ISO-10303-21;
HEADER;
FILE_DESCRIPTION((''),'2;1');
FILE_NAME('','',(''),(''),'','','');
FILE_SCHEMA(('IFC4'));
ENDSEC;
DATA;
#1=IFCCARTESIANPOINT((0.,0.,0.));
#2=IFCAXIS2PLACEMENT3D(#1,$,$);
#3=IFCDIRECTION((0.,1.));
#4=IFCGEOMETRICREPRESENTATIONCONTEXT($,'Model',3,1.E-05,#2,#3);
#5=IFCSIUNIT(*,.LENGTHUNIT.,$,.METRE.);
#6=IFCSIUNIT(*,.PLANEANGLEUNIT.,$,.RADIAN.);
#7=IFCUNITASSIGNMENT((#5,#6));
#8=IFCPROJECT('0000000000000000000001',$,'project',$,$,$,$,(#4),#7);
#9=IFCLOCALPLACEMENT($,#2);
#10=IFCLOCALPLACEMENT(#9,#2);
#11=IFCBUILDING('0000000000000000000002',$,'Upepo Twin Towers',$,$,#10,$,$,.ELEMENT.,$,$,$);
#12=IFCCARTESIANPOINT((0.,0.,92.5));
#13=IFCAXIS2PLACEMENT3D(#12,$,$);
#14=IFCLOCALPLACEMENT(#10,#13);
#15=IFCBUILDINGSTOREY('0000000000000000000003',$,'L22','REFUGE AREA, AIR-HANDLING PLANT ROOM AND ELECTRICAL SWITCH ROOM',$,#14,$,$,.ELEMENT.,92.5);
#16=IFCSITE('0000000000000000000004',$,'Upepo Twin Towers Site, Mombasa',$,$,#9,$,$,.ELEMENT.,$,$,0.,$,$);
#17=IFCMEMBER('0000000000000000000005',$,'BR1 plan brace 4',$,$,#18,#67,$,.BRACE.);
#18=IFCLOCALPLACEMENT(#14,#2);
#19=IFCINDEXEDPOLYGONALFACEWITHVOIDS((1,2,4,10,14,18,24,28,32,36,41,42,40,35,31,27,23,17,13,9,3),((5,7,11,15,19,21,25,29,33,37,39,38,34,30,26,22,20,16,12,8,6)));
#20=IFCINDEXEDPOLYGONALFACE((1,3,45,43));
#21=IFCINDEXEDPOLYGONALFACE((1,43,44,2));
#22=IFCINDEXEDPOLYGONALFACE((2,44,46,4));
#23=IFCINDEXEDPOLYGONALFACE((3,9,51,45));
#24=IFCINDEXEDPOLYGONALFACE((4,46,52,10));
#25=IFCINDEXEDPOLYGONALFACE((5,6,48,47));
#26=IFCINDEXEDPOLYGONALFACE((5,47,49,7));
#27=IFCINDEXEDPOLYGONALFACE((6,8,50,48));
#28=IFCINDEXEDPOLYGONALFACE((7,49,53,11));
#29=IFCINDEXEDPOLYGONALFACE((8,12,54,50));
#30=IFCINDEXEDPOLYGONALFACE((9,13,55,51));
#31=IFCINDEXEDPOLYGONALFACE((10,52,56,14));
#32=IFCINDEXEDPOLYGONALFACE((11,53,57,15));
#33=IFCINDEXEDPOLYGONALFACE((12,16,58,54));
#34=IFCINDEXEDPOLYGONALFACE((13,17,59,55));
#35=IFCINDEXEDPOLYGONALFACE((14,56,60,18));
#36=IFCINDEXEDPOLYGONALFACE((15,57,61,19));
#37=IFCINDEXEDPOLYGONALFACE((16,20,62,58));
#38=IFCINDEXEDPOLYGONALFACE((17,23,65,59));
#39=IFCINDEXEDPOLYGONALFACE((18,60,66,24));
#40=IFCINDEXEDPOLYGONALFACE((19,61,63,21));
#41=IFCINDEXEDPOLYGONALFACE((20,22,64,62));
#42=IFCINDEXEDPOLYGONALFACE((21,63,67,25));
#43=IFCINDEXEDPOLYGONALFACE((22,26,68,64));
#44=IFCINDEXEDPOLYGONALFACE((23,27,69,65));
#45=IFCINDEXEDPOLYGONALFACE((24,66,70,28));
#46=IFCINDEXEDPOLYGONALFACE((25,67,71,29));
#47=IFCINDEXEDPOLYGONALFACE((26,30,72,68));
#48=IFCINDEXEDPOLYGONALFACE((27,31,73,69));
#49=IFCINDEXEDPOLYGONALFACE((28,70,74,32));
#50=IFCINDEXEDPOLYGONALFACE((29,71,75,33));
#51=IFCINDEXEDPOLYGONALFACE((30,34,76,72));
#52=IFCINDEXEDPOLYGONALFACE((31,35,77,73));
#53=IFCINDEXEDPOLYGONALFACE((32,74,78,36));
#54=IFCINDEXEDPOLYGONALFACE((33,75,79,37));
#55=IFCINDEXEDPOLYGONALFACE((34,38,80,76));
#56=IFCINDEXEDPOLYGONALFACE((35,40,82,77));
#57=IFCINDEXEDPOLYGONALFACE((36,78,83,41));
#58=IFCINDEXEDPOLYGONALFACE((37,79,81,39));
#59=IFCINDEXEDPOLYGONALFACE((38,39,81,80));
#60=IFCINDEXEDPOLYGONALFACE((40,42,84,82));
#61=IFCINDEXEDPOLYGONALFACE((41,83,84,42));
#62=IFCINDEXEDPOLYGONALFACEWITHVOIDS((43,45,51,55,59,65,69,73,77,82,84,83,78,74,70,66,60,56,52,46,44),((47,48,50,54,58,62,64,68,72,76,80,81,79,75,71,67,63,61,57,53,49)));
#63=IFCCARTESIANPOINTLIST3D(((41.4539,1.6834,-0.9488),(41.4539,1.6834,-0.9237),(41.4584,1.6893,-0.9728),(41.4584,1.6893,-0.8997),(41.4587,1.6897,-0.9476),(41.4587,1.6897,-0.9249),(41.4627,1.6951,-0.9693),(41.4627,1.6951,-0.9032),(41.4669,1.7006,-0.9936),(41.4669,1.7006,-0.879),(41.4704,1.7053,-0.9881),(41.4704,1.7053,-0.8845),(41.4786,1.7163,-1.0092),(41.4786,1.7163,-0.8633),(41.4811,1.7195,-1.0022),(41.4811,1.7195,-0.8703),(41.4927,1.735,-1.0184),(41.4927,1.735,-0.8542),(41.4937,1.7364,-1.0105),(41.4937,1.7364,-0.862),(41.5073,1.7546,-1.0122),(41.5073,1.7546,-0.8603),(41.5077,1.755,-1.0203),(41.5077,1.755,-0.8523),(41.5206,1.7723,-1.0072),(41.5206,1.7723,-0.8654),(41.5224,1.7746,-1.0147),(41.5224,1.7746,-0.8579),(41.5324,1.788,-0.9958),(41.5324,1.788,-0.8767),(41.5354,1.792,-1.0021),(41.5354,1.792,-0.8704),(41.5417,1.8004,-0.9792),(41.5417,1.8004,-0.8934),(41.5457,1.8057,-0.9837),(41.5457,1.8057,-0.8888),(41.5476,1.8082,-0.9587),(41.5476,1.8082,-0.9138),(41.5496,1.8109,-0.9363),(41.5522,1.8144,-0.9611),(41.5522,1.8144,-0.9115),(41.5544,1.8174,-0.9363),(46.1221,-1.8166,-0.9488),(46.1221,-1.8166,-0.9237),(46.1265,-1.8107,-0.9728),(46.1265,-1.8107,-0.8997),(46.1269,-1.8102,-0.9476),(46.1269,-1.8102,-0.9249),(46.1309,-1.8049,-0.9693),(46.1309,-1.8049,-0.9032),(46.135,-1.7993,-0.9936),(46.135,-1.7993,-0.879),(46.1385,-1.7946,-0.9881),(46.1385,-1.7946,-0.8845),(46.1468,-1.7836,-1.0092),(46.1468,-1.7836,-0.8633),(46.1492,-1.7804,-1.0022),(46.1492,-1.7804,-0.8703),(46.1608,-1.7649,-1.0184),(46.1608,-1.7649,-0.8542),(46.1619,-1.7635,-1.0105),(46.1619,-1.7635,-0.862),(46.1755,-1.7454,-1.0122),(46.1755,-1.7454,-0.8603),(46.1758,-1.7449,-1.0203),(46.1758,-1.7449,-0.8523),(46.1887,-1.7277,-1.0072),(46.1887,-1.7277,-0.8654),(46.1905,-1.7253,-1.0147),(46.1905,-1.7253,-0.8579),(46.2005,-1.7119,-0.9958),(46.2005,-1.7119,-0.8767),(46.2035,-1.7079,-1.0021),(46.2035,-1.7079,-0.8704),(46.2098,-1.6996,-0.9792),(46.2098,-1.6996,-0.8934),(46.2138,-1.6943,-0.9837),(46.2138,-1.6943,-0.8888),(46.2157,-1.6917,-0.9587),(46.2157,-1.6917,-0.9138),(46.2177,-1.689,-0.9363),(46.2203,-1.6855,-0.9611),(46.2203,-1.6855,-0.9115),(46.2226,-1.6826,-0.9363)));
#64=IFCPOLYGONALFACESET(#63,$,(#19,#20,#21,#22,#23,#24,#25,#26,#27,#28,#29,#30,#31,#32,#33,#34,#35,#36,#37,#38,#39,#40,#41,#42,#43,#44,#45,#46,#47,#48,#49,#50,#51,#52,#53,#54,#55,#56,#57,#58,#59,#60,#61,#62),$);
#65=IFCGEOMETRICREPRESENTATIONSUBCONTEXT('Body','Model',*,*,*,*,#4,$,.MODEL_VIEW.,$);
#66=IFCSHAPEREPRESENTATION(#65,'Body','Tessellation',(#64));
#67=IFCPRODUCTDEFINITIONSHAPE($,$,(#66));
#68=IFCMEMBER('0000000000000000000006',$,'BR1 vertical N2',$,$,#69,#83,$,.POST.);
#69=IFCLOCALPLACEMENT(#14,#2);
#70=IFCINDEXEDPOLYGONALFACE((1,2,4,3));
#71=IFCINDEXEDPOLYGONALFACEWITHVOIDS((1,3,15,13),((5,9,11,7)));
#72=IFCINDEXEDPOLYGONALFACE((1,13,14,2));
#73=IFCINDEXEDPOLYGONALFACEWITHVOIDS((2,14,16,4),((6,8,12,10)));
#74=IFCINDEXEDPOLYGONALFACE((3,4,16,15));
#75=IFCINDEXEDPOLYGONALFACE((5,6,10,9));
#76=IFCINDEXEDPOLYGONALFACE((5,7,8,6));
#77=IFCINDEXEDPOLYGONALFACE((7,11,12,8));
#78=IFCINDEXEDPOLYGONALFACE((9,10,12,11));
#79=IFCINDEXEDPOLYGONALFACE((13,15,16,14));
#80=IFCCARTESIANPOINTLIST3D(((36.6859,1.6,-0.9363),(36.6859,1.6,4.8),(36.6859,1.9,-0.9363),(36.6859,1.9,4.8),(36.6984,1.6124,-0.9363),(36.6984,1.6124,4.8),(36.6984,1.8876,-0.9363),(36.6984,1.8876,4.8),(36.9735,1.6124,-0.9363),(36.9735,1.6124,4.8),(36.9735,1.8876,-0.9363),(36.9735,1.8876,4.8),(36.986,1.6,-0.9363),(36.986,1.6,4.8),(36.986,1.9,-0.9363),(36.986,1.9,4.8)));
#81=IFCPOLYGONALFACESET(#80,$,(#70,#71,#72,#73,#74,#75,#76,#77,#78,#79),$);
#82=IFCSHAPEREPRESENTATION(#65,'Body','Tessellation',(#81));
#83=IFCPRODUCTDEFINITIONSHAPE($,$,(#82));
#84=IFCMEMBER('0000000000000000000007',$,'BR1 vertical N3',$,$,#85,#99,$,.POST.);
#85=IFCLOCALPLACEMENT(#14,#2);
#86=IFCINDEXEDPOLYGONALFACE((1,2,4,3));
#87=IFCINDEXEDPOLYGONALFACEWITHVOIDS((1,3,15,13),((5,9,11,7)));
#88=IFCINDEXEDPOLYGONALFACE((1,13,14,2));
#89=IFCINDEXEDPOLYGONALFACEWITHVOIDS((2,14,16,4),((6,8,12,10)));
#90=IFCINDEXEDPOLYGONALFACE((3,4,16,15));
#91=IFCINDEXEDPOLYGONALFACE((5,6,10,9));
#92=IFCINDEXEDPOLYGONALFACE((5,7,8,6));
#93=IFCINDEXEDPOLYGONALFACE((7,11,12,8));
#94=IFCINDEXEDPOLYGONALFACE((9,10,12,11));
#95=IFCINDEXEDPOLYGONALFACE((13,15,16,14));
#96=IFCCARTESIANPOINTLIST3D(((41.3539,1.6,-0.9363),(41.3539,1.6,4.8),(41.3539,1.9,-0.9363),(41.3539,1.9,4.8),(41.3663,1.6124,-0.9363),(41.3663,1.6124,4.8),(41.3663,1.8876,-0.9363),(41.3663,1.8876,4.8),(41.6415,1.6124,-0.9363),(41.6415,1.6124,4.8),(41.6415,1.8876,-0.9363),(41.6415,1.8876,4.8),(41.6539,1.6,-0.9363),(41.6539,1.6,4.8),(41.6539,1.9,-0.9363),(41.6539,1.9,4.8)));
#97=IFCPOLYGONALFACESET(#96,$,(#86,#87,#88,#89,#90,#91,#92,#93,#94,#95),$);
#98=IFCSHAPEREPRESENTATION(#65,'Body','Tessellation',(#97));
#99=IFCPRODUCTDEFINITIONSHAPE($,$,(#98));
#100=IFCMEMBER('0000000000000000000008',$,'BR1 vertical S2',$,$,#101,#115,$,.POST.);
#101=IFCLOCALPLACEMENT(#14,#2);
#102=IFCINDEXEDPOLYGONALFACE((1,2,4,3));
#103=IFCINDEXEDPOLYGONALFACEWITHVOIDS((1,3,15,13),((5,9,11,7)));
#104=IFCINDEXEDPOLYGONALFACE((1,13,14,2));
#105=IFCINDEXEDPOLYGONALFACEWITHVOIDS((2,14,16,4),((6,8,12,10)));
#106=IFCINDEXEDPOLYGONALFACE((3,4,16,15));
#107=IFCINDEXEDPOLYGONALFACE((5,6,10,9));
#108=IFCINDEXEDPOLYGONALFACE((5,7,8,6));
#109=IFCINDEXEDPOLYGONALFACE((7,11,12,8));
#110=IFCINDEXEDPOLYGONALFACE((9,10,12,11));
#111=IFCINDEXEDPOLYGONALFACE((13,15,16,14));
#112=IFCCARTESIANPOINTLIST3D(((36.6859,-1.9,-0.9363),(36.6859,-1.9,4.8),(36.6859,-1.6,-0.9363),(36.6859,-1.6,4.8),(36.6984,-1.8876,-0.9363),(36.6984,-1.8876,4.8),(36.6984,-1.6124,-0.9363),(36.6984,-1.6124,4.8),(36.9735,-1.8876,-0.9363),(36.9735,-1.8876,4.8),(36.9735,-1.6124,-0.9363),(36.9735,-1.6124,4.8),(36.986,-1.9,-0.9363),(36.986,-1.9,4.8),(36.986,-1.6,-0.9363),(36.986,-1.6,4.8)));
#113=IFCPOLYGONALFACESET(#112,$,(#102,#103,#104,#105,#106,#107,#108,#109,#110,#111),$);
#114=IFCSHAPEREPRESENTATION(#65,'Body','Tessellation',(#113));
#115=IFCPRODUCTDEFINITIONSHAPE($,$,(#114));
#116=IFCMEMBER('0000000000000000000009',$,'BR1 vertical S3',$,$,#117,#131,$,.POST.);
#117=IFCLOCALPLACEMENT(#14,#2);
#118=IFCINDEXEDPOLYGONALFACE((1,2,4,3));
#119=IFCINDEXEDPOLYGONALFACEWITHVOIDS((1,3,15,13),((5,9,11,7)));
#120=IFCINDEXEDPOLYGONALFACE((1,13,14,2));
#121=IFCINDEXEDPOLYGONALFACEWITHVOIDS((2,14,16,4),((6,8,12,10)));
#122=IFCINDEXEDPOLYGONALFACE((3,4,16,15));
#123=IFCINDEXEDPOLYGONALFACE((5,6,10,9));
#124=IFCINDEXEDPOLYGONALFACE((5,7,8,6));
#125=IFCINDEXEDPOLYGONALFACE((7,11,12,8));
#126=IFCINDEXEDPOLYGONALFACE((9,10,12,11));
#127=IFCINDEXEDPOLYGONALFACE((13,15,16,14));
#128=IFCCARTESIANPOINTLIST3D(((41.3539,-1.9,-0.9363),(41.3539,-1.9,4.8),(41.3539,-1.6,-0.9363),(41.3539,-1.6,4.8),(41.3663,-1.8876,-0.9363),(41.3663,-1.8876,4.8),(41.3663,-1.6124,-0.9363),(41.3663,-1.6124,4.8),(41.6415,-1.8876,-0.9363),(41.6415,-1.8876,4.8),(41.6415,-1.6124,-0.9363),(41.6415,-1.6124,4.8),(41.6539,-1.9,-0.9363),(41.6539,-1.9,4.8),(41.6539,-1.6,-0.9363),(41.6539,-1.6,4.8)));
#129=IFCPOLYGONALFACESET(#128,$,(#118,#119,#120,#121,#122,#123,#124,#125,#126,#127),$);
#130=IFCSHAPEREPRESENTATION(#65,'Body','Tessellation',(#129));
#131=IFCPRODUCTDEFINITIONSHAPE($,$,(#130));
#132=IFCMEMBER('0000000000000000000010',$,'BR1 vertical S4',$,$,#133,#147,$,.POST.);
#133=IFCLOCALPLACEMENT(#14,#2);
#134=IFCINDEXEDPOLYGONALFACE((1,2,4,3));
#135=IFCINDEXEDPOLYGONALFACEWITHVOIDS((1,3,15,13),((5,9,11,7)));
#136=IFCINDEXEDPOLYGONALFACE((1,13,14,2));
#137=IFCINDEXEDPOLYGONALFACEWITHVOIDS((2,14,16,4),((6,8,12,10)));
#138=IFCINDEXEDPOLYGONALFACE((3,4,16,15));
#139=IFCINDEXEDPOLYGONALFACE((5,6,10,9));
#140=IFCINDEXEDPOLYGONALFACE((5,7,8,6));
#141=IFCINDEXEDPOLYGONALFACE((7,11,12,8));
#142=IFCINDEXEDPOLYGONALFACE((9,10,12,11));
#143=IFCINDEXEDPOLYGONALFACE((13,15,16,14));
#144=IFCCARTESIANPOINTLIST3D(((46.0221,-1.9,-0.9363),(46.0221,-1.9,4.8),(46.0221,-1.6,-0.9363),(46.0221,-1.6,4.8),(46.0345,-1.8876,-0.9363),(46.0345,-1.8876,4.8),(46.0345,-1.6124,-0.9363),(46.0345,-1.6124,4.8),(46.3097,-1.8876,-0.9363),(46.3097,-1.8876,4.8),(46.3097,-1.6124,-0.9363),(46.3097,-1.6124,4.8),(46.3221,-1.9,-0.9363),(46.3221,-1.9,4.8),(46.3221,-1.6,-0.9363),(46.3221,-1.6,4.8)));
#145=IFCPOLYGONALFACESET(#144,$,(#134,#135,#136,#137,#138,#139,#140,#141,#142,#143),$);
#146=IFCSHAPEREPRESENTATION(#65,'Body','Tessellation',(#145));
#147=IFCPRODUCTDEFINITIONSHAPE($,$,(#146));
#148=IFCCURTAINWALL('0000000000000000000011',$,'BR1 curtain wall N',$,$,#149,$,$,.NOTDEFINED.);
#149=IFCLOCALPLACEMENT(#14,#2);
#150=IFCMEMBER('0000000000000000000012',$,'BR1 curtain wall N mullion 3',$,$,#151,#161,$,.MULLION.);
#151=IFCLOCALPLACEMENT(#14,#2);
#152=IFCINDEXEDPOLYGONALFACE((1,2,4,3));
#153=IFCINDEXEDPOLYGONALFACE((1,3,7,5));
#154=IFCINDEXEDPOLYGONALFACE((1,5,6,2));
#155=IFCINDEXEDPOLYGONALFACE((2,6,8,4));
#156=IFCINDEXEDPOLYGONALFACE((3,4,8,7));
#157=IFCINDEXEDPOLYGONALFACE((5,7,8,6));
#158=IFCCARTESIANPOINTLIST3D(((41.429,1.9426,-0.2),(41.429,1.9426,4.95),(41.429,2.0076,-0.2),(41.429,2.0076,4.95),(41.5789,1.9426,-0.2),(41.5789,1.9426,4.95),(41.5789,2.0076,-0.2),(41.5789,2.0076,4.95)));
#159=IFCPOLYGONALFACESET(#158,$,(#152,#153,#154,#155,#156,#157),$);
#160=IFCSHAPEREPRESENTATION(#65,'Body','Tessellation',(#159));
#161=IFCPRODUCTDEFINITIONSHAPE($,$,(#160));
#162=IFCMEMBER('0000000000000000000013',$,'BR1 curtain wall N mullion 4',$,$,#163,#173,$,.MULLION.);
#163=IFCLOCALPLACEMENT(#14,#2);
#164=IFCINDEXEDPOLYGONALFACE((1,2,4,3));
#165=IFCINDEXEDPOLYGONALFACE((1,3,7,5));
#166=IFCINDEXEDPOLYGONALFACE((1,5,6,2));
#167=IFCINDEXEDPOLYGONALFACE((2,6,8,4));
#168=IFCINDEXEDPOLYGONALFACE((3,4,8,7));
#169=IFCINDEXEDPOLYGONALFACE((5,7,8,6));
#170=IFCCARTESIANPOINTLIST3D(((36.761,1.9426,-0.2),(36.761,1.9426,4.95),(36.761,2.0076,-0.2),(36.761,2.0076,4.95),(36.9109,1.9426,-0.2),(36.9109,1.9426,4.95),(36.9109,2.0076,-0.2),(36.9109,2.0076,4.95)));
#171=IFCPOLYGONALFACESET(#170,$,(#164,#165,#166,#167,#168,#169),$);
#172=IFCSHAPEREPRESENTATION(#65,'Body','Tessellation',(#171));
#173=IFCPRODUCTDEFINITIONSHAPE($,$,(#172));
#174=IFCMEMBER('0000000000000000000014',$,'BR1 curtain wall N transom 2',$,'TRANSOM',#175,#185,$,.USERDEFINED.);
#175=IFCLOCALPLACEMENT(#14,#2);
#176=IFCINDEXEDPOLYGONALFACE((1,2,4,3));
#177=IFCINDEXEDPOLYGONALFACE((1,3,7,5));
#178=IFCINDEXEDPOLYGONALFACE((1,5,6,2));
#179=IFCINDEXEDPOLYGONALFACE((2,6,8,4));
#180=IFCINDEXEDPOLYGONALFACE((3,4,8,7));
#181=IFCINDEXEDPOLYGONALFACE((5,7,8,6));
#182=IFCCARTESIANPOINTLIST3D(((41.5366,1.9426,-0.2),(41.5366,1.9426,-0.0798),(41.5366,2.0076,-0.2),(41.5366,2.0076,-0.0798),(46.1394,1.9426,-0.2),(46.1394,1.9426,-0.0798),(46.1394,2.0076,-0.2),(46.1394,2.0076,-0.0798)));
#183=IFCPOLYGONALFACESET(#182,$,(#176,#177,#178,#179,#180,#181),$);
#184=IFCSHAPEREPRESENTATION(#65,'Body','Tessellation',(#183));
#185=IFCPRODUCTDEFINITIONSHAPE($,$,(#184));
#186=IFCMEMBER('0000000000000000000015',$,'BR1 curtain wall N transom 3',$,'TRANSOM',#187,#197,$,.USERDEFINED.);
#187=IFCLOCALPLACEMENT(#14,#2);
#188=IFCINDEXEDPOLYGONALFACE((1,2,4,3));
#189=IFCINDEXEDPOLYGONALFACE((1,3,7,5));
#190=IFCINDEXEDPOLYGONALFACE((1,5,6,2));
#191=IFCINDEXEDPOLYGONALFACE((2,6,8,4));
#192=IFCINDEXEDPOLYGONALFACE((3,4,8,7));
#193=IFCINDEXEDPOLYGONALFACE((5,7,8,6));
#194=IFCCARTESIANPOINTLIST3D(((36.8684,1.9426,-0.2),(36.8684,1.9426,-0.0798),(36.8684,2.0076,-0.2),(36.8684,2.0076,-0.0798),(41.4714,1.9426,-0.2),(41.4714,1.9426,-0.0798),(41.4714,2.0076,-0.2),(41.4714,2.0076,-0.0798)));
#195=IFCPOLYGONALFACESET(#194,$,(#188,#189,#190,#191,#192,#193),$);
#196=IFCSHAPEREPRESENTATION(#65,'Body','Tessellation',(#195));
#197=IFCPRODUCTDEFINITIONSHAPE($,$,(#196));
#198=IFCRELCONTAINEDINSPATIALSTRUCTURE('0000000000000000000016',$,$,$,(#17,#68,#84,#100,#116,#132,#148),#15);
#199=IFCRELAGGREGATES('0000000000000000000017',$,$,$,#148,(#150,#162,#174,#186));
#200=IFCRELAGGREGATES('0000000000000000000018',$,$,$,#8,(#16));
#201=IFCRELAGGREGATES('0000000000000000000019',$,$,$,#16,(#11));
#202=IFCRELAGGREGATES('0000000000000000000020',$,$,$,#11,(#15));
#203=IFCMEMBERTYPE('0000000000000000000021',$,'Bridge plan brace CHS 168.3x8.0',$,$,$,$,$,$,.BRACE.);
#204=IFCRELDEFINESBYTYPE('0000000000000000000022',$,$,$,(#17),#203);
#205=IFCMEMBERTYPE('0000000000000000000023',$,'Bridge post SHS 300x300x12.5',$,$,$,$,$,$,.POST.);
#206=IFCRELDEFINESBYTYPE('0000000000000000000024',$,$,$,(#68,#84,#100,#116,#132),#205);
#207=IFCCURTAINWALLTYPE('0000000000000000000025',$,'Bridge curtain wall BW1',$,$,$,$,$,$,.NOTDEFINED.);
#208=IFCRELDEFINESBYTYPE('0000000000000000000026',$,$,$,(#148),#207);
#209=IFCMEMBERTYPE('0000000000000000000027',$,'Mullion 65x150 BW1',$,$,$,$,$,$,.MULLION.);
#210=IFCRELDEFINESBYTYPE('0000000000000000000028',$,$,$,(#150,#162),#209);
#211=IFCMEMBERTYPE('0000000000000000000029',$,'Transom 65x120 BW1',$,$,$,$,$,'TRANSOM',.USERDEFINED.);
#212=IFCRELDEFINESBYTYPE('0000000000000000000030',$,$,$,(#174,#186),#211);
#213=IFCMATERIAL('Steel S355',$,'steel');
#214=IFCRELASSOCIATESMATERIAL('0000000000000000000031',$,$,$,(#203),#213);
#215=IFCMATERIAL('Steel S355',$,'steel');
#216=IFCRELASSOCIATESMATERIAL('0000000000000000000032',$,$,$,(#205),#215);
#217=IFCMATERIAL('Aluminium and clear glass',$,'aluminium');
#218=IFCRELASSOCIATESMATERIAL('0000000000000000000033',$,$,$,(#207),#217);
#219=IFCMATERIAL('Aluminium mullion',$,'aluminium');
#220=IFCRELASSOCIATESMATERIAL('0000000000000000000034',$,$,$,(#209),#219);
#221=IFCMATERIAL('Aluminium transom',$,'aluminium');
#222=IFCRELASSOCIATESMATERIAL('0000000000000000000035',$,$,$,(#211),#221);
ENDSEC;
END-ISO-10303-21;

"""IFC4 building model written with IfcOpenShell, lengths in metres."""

from ifc_helpers import new_model, si_unit, direction, frame, origin, origin_2d, place, context, subcontext, project, spatial, rectangle, hollow_rectangle, hollow_circle, extrude, material, material_profile, profile_set, type_object, element, aggregate, save


model = new_model("IFC4")

# Units and contexts
model_context = context("Model", 3, precision=1e-05, world=origin(), true_north=direction((0.0, 1.0)))
body_context = subcontext(model_context, "Body", "Model", "MODEL_VIEW")
ifc_project = project(units=[si_unit("LENGTHUNIT", "METRE"), si_unit("PLANEANGLEUNIT", "RADIAN")], contexts=[model_context])

# Site, building, storey
site_placement = place(None, origin())
site = spatial("IfcSite", under=ifc_project, at=site_placement, Name="Upepo Twin Towers Site, Mombasa", CompositionType="ELEMENT", RefElevation=0.0)
building_placement = place(site_placement, origin())
building = spatial("IfcBuilding", under=site, at=building_placement, Name="Upepo Twin Towers", CompositionType="ELEMENT")
storey_placement = place(building_placement, frame((0.0, 0.0, 92.5)))
storey = spatial("IfcBuildingStorey", under=building, at=storey_placement, Name="L22", Description="REFUGE AREA, AIR-HANDLING PLANT ROOM AND ELECTRICAL SWITCH ROOM", CompositionType="ELEMENT", Elevation=92.5)

# Members
ifc_material_1 = material(Name="Steel S355", Category="steel")
ifc_material_profile_1 = material_profile(ifc_material_1, hollow_circle(Radius=0.0842, WallThickness=0.0081, at=origin_2d()), Name="CHS 168.3x8.0")
ifc_profile_set_1 = profile_set([ifc_material_profile_1], Name="Steel S355")
member_type_1 = type_object("IfcMemberType", Name="Bridge plan brace CHS 168.3x8.0", PredefinedType="BRACE", material=ifc_profile_set_1)
for number, where, z_axis, x_axis, name in (
    (1, (41.5039, 1.75, -0.9363), (0.800095, -0.599873, 0.0), (0.599873, 0.800095, 0.0), "BR1 plan brace 4"),
):
    element("IfcMember", number, at=place(storey_placement, frame(where, z_axis=z_axis, x_axis=x_axis)), inside=storey, type_object=member_type_1, Name=name, PredefinedType="BRACE", context=body_context, shape_type="SweptSolid", body=[
        extrude(hollow_circle(Radius=0.0842, WallThickness=0.0081, at=origin_2d()), origin(), (0.0, 0.0, 1.0), 5.8345),
    ])
ifc_material_2 = material(Name="Steel S355", Category="steel")
ifc_material_profile_2 = material_profile(ifc_material_2, hollow_rectangle(XDim=0.3, YDim=0.3, WallThickness=0.0125, at=origin_2d()), Name="SHS 300x300x12.5")
ifc_profile_set_2 = profile_set([ifc_material_profile_2], Name="Steel S355")
member_type_2 = type_object("IfcMemberType", Name="Bridge post SHS 300x300x12.5", PredefinedType="POST", material=ifc_profile_set_2)
for number, where, z_axis, x_axis, name in (
    (2, (36.8359, 1.75, -0.9363), (0.0, 0.0, 1.0), (1.0, 0.0, 0.0), "BR1 vertical N2"),
    (3, (41.5039, 1.75, -0.9363), (0.0, 0.0, 1.0), (1.0, 0.0, 0.0), "BR1 vertical N3"),
    (4, (36.8359, -1.75, -0.9363), (0.0, 0.0, 1.0), (1.0, 0.0, 0.0), "BR1 vertical S2"),
    (5, (41.5039, -1.75, -0.9363), (0.0, 0.0, 1.0), (1.0, 0.0, 0.0), "BR1 vertical S3"),
    (6, (46.1721, -1.75, -0.9363), (0.0, 0.0, 1.0), (1.0, 0.0, 0.0), "BR1 vertical S4"),
):
    element("IfcMember", number, at=place(storey_placement, frame(where, z_axis=z_axis, x_axis=x_axis)), inside=storey, type_object=member_type_2, Name=name, PredefinedType="POST", context=body_context, shape_type="SweptSolid", body=[
        extrude(hollow_rectangle(XDim=0.3, YDim=0.3, WallThickness=0.0125, at=origin_2d()), origin(), (0.0, 0.0, 1.0), 5.7363),
    ])

# Curtain wall, members
ifc_material_3 = material(Name="Aluminium and clear glass", Category="aluminium")
curtain_wall_type = type_object("IfcCurtainWallType", Name="Bridge curtain wall BW1", PredefinedType="NOTDEFINED", material=ifc_material_3)
curtain_wall_1_placement = place(storey_placement, origin())
curtain_wall_1 = element("IfcCurtainWall", 7, at=curtain_wall_1_placement, inside=storey, type_object=curtain_wall_type, Name="BR1 curtain wall N", PredefinedType="NOTDEFINED")
ifc_material_4 = material(Name="Aluminium mullion", Category="aluminium")
ifc_material_profile_3 = material_profile(ifc_material_4, rectangle(XDim=0.0649, YDim=0.1499, at=origin_2d()), Name="MULLION 65x150 BRIDGE")
ifc_profile_set_3 = profile_set([ifc_material_profile_3], Name="Aluminium mullion")
member_type_3 = type_object("IfcMemberType", Name="Mullion 65x150 BW1", PredefinedType="MULLION", material=ifc_profile_set_3)
member_1_placement = place(storey_placement, frame((41.5039, 1.9751, -0.2), z_axis=(0.0, 0.0, 1.0), x_axis=(0.0, -1.0, 0.0)))
member_1 = element("IfcMember", 8, at=member_1_placement, type_object=member_type_3, Name="BR1 curtain wall N mullion 3", PredefinedType="MULLION", context=body_context, shape_type="SweptSolid", body=[
    extrude(rectangle(XDim=0.0649, YDim=0.1499, at=origin_2d()), origin(), (0.0, 0.0, 1.0), 5.1499),
])
member_2_placement = place(storey_placement, frame((36.8359, 1.9751, -0.2), z_axis=(0.0, 0.0, 1.0), x_axis=(0.0, -1.0, 0.0)))
member_2 = element("IfcMember", 9, at=member_2_placement, type_object=member_type_3, Name="BR1 curtain wall N mullion 4", PredefinedType="MULLION", context=body_context, shape_type="SweptSolid", body=[
    extrude(rectangle(XDim=0.0649, YDim=0.1499, at=origin_2d()), origin(), (0.0, 0.0, 1.0), 5.1499),
])
ifc_material_5 = material(Name="Aluminium transom", Category="aluminium")
ifc_material_profile_4 = material_profile(ifc_material_5, rectangle(XDim=0.0649, YDim=0.1201, at=origin_2d()), Name="TRANSOM 65x120 BRIDGE")
ifc_profile_set_4 = profile_set([ifc_material_profile_4], Name="Aluminium transom")
member_type_4 = type_object("IfcMemberType", Name="Transom 65x120 BW1", ElementType="TRANSOM", PredefinedType="USERDEFINED", material=ifc_profile_set_4)
member_3_placement = place(storey_placement, frame((46.1394, 1.9751, -0.1399), z_axis=(-1.0, 0.0, 0.0), x_axis=(0.0, -1.0, 0.0)))
member_3 = element("IfcMember", 10, at=member_3_placement, type_object=member_type_4, Name="BR1 curtain wall N transom 2", ObjectType="TRANSOM", PredefinedType="USERDEFINED", context=body_context, shape_type="SweptSolid", body=[
    extrude(rectangle(XDim=0.0649, YDim=0.1201, at=origin_2d()), origin(), (0.0, 0.0, 1.0), 4.6028),
])
member_4_placement = place(storey_placement, frame((41.4714, 1.9751, -0.1399), z_axis=(-1.0, 0.0, 0.0), x_axis=(0.0, -1.0, 0.0)))
member_4 = element("IfcMember", 11, at=member_4_placement, type_object=member_type_4, Name="BR1 curtain wall N transom 3", ObjectType="TRANSOM", PredefinedType="USERDEFINED", context=body_context, shape_type="SweptSolid", body=[
    extrude(rectangle(XDim=0.0649, YDim=0.1201, at=origin_2d()), origin(), (0.0, 0.0, 1.0), 4.603),
])
aggregate(curtain_wall_1, [member_1, member_2, member_3, member_4])

save(model, "model.ifc")
